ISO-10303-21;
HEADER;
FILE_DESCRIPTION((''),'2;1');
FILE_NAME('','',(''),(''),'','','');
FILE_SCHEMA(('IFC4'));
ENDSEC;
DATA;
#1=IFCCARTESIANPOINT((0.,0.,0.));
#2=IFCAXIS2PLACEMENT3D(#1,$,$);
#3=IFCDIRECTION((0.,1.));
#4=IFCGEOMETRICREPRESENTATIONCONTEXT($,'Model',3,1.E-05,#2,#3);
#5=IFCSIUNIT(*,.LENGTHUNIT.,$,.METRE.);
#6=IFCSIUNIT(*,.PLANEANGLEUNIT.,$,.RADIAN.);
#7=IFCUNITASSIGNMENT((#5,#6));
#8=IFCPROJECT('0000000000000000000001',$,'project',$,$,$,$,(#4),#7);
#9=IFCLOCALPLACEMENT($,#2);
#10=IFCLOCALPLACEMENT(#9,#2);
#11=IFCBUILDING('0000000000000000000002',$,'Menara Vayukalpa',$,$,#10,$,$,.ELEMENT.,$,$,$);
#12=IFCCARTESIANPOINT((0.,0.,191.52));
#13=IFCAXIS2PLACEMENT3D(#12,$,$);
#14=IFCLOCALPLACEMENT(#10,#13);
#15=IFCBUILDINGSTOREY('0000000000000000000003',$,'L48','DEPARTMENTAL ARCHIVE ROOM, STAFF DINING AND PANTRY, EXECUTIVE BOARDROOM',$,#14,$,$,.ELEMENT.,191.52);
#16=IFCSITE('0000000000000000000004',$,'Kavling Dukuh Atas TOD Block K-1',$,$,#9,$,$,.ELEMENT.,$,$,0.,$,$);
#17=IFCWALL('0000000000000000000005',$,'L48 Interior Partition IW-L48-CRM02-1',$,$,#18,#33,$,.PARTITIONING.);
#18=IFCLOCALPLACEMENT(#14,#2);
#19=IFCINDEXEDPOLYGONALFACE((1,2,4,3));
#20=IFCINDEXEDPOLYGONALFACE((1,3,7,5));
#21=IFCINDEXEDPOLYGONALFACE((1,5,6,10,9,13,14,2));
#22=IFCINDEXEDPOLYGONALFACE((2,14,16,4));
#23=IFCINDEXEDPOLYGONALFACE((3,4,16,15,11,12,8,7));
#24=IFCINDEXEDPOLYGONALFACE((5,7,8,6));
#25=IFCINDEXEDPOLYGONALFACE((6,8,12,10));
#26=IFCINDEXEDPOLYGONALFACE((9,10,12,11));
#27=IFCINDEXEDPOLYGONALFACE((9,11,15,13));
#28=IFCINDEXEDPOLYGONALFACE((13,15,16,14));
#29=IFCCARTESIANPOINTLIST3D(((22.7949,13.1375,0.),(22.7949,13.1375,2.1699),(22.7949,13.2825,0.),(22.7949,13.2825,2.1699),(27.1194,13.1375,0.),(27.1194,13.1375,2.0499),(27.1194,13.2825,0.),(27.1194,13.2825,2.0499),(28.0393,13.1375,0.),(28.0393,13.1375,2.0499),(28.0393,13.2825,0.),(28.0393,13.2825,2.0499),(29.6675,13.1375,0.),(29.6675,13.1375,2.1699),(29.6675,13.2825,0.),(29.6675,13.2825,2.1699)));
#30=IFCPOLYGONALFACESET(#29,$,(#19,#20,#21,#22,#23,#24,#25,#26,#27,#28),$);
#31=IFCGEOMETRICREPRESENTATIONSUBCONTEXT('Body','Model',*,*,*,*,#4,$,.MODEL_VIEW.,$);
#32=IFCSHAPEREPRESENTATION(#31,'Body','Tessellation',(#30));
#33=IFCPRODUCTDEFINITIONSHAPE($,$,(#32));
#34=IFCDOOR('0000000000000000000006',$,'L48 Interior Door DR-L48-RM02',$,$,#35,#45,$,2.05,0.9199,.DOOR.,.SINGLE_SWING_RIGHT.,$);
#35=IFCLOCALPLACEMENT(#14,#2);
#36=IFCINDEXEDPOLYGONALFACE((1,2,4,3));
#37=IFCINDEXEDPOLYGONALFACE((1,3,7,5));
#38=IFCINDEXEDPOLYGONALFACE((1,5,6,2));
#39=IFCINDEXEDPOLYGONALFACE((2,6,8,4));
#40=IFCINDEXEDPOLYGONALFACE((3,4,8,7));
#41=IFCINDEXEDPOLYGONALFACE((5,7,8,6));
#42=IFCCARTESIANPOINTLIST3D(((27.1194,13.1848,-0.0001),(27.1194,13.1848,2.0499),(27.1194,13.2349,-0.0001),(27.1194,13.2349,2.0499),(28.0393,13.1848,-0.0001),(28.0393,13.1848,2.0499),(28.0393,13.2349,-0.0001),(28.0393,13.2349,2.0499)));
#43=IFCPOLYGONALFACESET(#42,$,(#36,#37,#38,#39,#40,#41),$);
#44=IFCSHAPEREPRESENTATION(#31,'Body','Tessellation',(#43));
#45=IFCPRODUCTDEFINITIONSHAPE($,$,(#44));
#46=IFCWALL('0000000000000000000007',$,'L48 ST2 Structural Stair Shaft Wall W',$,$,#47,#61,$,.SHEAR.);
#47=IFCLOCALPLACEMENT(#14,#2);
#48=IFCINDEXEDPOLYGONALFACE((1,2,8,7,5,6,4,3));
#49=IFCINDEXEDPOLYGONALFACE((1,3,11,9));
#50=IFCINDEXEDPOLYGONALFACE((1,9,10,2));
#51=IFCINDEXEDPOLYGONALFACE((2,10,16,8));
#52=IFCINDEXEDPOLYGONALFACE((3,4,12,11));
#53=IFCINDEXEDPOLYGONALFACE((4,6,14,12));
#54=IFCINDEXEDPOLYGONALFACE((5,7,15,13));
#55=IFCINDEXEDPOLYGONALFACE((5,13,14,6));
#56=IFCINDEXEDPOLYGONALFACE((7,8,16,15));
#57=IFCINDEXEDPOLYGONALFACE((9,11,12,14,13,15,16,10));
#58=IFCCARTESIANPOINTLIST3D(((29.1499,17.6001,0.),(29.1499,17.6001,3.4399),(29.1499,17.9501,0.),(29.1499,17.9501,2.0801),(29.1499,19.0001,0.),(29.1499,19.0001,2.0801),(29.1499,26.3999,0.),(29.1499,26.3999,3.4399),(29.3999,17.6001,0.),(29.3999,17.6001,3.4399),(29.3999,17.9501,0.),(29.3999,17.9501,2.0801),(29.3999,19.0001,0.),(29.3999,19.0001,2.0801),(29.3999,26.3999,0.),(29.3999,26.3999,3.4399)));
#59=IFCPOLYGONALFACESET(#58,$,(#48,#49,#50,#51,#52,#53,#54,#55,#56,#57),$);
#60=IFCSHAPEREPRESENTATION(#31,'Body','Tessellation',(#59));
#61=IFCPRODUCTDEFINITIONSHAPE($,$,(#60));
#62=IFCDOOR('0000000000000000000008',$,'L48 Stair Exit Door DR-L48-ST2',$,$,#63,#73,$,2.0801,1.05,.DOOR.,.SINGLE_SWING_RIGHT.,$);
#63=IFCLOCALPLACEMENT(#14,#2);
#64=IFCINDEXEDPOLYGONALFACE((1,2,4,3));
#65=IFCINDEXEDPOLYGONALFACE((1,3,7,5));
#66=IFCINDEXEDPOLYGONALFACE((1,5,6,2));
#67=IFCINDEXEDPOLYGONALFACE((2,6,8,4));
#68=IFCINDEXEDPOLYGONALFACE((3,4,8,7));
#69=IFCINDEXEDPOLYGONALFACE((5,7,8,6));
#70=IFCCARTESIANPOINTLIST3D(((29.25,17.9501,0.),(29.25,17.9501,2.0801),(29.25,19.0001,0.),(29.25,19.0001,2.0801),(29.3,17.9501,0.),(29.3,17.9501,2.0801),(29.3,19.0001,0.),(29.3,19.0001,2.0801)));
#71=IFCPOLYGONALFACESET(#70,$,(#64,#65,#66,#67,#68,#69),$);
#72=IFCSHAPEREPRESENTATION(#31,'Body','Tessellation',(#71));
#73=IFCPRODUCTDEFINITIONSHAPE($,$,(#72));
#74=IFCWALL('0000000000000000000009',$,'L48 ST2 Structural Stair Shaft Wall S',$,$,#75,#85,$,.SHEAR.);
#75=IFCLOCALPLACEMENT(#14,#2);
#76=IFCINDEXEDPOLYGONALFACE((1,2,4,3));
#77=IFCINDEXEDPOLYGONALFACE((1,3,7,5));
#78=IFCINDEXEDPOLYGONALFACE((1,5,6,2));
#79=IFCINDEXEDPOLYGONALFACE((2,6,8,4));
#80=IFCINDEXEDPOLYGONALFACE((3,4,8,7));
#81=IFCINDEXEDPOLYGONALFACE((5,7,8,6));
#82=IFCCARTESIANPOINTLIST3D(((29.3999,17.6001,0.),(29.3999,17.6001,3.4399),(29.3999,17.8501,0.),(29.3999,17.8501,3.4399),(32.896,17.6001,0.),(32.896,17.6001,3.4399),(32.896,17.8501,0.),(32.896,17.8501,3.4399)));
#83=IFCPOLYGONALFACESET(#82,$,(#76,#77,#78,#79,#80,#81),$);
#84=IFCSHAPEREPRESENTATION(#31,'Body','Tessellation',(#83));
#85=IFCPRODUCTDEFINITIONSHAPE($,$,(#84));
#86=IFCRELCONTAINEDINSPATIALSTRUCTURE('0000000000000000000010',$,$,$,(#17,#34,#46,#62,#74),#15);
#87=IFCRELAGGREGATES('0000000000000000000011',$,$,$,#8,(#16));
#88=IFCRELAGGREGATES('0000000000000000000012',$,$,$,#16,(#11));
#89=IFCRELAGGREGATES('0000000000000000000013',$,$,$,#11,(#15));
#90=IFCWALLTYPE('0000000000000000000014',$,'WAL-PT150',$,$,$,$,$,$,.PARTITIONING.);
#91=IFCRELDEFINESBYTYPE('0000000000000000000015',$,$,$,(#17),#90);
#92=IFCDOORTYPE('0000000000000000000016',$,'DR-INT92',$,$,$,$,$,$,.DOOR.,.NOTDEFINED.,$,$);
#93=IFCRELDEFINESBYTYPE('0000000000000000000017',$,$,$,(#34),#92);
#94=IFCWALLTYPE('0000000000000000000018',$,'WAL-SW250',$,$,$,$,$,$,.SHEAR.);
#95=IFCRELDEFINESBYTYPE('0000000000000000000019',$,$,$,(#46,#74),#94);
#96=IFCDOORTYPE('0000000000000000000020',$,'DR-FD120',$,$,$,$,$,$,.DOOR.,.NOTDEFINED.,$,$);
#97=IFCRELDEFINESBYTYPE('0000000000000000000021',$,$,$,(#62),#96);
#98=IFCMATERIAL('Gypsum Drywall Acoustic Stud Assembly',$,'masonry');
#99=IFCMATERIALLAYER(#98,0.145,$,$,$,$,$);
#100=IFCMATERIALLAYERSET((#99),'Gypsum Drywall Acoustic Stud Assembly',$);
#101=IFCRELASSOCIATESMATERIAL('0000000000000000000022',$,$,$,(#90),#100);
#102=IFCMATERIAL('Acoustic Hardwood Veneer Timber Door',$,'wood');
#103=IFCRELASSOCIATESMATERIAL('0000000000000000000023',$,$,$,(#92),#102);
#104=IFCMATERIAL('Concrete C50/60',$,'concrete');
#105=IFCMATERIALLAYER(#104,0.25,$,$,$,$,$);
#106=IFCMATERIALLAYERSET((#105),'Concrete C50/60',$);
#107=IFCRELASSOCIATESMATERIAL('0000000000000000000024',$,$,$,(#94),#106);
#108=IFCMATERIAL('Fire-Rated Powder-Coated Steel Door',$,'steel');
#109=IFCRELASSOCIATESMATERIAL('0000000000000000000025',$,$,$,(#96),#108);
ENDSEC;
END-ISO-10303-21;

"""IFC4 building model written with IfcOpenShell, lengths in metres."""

from ifc_helpers import new_model, si_unit, direction, frame, frame_2d, origin, place, context, subcontext, project, spatial, rectangle, extrude, material, layer, layer_set, type_object, element, fill, save


model = new_model("IFC4")

# Units and contexts
model_context = context("Model", 3, precision=1e-05, world=origin(), true_north=direction((0.0, 1.0)))
body_context = subcontext(model_context, "Body", "Model", "MODEL_VIEW")
ifc_project = project(units=[si_unit("LENGTHUNIT", "METRE"), si_unit("PLANEANGLEUNIT", "RADIAN")], contexts=[model_context])

# Site, building, storey
site_placement = place(None, origin())
site = spatial("IfcSite", under=ifc_project, at=site_placement, Name="Kavling Dukuh Atas TOD Block K-1", CompositionType="ELEMENT", RefElevation=0.0)
building_placement = place(site_placement, origin())
building = spatial("IfcBuilding", under=site, at=building_placement, Name="Menara Vayukalpa", CompositionType="ELEMENT")
storey_placement = place(building_placement, frame((0.0, 0.0, 191.52)))
storey = spatial("IfcBuildingStorey", under=building, at=storey_placement, Name="L48", Description="DEPARTMENTAL ARCHIVE ROOM, STAFF DINING AND PANTRY, EXECUTIVE BOARDROOM", CompositionType="ELEMENT", Elevation=191.52)

# Shared definitions
ifc_material_1 = material(Name="Gypsum Drywall Acoustic Stud Assembly", Category="masonry")
ifc_layer_1 = layer(ifc_material_1, 0.145)
ifc_layer_set_1 = layer_set([ifc_layer_1], Name="Gypsum Drywall Acoustic Stud Assembly")
wall_type_1 = type_object("IfcWallType", Name="WAL-PT150", PredefinedType="PARTITIONING", material=ifc_layer_set_1)
ifc_material_2 = material(Name="Acoustic Hardwood Veneer Timber Door", Category="wood")
door_type_1 = type_object("IfcDoorType", Name="DR-INT92", OperationType="NOTDEFINED", PredefinedType="DOOR", material=ifc_material_2)

# Walls, openings, doors
wall_1_placement = place(storey_placement, frame((22.7949, 13.21, 0.0), z_axis=(0.0, 0.0, 1.0), x_axis=(1.0, 0.0, 0.0)))
wall_1 = element("IfcWall", 1, at=wall_1_placement, inside=storey, type_object=wall_type_1, Name="L48 Interior Partition IW-L48-CRM02-1", PredefinedType="PARTITIONING", context=body_context, shape_type="SweptSolid", body=[
    extrude(rectangle(XDim=6.8726, YDim=0.145, at=frame_2d((3.4363, 0.0))), origin(), (0.0, 0.0, 1.0), 2.1699),
])
opening_1_placement = place(wall_1_placement, frame((4.3245, 0.0, 0.0)))
opening_1 = element("IfcOpeningElement", 2, at=opening_1_placement, cuts=wall_1, PredefinedType="OPENING", context=body_context, shape_type="SweptSolid", body=[
    extrude(rectangle(XDim=0.9199, YDim=2.05, at=frame_2d((0.46, 1.0249))), frame((0.0, 0.0825, 0.0), z_axis=(0.0, -1.0, 0.0), x_axis=(1.0, 0.0, 0.0)), (0.0, 0.0, 1.0), 0.165),
])
door_1_placement = place(opening_1_placement, origin())
door_1 = element("IfcDoor", 3, at=door_1_placement, inside=storey, type_object=door_type_1, Name="L48 Interior Door DR-L48-RM02", OperationType="SINGLE_SWING_RIGHT", OverallHeight=2.05, OverallWidth=0.9199, PredefinedType="DOOR", context=body_context, shape_type="SweptSolid", body=[
    extrude(rectangle(XDim=0.9199, YDim=2.05, at=frame_2d((0.46, 1.0249))), frame((0.0, 0.0249, 0.0), z_axis=(0.0, -1.0, 0.0), x_axis=(1.0, 0.0, 0.0)), (0.0, 0.0, 1.0), 0.05),
])
fill(opening_1, door_1)
ifc_material_3 = material(Name="Concrete C50/60", Category="concrete")
ifc_layer_2 = layer(ifc_material_3, 0.25)
ifc_layer_set_2 = layer_set([ifc_layer_2], Name="Concrete C50/60")
wall_type_2 = type_object("IfcWallType", Name="WAL-SW250", PredefinedType="SHEAR", material=ifc_layer_set_2)
wall_2_placement = place(storey_placement, frame((29.2749, 17.6001, 0.0), z_axis=(0.0, 0.0, 1.0), x_axis=(0.0, 1.0, 0.0)))
wall_2 = element("IfcWall", 4, at=wall_2_placement, inside=storey, type_object=wall_type_2, Name="L48 ST2 Structural Stair Shaft Wall W", PredefinedType="SHEAR", context=body_context, shape_type="SweptSolid", body=[
    extrude(rectangle(XDim=8.7998, YDim=0.25, at=frame_2d((4.3999, 0.0))), origin(), (0.0, 0.0, 1.0), 3.4399),
])
opening_2_placement = place(wall_2_placement, frame((0.3501, 0.0, 0.0)))
opening_2 = element("IfcOpeningElement", 5, at=opening_2_placement, cuts=wall_2, PredefinedType="OPENING", context=body_context, shape_type="SweptSolid", body=[
    extrude(rectangle(XDim=1.05, YDim=2.0801, at=frame_2d((0.5249, 1.04))), frame((0.0, 0.135, 0.0), z_axis=(0.0, -1.0, 0.0), x_axis=(1.0, 0.0, 0.0)), (0.0, 0.0, 1.0), 0.27),
])
ifc_material_4 = material(Name="Fire-Rated Powder-Coated Steel Door", Category="steel")
door_type_2 = type_object("IfcDoorType", Name="DR-FD120", OperationType="NOTDEFINED", PredefinedType="DOOR", material=ifc_material_4)
door_2_placement = place(opening_2_placement, origin())
door_2 = element("IfcDoor", 6, at=door_2_placement, inside=storey, type_object=door_type_2, Name="L48 Stair Exit Door DR-L48-ST2", OperationType="SINGLE_SWING_RIGHT", OverallHeight=2.0801, OverallWidth=1.05, PredefinedType="DOOR", context=body_context, shape_type="SweptSolid", body=[
    extrude(rectangle(XDim=1.05, YDim=2.0801, at=frame_2d((0.5249, 1.04))), frame((0.0, 0.0249, 0.0), z_axis=(0.0, -1.0, 0.0), x_axis=(1.0, 0.0, 0.0)), (0.0, 0.0, 1.0), 0.05),
])
fill(opening_2, door_2)

# Wall
wall_3_placement = place(storey_placement, frame((29.3999, 17.7251, 0.0), z_axis=(0.0, 0.0, 1.0), x_axis=(1.0, 0.0, 0.0)))
element("IfcWall", 7, at=wall_3_placement, inside=storey, type_object=wall_type_2, Name="L48 ST2 Structural Stair Shaft Wall S", PredefinedType="SHEAR", context=body_context, shape_type="SweptSolid", body=[
    extrude(rectangle(XDim=3.4961, YDim=0.25, at=frame_2d((1.748, 0.0))), origin(), (0.0, 0.0, 1.0), 3.4399),
])

save(model, "model.ifc")
